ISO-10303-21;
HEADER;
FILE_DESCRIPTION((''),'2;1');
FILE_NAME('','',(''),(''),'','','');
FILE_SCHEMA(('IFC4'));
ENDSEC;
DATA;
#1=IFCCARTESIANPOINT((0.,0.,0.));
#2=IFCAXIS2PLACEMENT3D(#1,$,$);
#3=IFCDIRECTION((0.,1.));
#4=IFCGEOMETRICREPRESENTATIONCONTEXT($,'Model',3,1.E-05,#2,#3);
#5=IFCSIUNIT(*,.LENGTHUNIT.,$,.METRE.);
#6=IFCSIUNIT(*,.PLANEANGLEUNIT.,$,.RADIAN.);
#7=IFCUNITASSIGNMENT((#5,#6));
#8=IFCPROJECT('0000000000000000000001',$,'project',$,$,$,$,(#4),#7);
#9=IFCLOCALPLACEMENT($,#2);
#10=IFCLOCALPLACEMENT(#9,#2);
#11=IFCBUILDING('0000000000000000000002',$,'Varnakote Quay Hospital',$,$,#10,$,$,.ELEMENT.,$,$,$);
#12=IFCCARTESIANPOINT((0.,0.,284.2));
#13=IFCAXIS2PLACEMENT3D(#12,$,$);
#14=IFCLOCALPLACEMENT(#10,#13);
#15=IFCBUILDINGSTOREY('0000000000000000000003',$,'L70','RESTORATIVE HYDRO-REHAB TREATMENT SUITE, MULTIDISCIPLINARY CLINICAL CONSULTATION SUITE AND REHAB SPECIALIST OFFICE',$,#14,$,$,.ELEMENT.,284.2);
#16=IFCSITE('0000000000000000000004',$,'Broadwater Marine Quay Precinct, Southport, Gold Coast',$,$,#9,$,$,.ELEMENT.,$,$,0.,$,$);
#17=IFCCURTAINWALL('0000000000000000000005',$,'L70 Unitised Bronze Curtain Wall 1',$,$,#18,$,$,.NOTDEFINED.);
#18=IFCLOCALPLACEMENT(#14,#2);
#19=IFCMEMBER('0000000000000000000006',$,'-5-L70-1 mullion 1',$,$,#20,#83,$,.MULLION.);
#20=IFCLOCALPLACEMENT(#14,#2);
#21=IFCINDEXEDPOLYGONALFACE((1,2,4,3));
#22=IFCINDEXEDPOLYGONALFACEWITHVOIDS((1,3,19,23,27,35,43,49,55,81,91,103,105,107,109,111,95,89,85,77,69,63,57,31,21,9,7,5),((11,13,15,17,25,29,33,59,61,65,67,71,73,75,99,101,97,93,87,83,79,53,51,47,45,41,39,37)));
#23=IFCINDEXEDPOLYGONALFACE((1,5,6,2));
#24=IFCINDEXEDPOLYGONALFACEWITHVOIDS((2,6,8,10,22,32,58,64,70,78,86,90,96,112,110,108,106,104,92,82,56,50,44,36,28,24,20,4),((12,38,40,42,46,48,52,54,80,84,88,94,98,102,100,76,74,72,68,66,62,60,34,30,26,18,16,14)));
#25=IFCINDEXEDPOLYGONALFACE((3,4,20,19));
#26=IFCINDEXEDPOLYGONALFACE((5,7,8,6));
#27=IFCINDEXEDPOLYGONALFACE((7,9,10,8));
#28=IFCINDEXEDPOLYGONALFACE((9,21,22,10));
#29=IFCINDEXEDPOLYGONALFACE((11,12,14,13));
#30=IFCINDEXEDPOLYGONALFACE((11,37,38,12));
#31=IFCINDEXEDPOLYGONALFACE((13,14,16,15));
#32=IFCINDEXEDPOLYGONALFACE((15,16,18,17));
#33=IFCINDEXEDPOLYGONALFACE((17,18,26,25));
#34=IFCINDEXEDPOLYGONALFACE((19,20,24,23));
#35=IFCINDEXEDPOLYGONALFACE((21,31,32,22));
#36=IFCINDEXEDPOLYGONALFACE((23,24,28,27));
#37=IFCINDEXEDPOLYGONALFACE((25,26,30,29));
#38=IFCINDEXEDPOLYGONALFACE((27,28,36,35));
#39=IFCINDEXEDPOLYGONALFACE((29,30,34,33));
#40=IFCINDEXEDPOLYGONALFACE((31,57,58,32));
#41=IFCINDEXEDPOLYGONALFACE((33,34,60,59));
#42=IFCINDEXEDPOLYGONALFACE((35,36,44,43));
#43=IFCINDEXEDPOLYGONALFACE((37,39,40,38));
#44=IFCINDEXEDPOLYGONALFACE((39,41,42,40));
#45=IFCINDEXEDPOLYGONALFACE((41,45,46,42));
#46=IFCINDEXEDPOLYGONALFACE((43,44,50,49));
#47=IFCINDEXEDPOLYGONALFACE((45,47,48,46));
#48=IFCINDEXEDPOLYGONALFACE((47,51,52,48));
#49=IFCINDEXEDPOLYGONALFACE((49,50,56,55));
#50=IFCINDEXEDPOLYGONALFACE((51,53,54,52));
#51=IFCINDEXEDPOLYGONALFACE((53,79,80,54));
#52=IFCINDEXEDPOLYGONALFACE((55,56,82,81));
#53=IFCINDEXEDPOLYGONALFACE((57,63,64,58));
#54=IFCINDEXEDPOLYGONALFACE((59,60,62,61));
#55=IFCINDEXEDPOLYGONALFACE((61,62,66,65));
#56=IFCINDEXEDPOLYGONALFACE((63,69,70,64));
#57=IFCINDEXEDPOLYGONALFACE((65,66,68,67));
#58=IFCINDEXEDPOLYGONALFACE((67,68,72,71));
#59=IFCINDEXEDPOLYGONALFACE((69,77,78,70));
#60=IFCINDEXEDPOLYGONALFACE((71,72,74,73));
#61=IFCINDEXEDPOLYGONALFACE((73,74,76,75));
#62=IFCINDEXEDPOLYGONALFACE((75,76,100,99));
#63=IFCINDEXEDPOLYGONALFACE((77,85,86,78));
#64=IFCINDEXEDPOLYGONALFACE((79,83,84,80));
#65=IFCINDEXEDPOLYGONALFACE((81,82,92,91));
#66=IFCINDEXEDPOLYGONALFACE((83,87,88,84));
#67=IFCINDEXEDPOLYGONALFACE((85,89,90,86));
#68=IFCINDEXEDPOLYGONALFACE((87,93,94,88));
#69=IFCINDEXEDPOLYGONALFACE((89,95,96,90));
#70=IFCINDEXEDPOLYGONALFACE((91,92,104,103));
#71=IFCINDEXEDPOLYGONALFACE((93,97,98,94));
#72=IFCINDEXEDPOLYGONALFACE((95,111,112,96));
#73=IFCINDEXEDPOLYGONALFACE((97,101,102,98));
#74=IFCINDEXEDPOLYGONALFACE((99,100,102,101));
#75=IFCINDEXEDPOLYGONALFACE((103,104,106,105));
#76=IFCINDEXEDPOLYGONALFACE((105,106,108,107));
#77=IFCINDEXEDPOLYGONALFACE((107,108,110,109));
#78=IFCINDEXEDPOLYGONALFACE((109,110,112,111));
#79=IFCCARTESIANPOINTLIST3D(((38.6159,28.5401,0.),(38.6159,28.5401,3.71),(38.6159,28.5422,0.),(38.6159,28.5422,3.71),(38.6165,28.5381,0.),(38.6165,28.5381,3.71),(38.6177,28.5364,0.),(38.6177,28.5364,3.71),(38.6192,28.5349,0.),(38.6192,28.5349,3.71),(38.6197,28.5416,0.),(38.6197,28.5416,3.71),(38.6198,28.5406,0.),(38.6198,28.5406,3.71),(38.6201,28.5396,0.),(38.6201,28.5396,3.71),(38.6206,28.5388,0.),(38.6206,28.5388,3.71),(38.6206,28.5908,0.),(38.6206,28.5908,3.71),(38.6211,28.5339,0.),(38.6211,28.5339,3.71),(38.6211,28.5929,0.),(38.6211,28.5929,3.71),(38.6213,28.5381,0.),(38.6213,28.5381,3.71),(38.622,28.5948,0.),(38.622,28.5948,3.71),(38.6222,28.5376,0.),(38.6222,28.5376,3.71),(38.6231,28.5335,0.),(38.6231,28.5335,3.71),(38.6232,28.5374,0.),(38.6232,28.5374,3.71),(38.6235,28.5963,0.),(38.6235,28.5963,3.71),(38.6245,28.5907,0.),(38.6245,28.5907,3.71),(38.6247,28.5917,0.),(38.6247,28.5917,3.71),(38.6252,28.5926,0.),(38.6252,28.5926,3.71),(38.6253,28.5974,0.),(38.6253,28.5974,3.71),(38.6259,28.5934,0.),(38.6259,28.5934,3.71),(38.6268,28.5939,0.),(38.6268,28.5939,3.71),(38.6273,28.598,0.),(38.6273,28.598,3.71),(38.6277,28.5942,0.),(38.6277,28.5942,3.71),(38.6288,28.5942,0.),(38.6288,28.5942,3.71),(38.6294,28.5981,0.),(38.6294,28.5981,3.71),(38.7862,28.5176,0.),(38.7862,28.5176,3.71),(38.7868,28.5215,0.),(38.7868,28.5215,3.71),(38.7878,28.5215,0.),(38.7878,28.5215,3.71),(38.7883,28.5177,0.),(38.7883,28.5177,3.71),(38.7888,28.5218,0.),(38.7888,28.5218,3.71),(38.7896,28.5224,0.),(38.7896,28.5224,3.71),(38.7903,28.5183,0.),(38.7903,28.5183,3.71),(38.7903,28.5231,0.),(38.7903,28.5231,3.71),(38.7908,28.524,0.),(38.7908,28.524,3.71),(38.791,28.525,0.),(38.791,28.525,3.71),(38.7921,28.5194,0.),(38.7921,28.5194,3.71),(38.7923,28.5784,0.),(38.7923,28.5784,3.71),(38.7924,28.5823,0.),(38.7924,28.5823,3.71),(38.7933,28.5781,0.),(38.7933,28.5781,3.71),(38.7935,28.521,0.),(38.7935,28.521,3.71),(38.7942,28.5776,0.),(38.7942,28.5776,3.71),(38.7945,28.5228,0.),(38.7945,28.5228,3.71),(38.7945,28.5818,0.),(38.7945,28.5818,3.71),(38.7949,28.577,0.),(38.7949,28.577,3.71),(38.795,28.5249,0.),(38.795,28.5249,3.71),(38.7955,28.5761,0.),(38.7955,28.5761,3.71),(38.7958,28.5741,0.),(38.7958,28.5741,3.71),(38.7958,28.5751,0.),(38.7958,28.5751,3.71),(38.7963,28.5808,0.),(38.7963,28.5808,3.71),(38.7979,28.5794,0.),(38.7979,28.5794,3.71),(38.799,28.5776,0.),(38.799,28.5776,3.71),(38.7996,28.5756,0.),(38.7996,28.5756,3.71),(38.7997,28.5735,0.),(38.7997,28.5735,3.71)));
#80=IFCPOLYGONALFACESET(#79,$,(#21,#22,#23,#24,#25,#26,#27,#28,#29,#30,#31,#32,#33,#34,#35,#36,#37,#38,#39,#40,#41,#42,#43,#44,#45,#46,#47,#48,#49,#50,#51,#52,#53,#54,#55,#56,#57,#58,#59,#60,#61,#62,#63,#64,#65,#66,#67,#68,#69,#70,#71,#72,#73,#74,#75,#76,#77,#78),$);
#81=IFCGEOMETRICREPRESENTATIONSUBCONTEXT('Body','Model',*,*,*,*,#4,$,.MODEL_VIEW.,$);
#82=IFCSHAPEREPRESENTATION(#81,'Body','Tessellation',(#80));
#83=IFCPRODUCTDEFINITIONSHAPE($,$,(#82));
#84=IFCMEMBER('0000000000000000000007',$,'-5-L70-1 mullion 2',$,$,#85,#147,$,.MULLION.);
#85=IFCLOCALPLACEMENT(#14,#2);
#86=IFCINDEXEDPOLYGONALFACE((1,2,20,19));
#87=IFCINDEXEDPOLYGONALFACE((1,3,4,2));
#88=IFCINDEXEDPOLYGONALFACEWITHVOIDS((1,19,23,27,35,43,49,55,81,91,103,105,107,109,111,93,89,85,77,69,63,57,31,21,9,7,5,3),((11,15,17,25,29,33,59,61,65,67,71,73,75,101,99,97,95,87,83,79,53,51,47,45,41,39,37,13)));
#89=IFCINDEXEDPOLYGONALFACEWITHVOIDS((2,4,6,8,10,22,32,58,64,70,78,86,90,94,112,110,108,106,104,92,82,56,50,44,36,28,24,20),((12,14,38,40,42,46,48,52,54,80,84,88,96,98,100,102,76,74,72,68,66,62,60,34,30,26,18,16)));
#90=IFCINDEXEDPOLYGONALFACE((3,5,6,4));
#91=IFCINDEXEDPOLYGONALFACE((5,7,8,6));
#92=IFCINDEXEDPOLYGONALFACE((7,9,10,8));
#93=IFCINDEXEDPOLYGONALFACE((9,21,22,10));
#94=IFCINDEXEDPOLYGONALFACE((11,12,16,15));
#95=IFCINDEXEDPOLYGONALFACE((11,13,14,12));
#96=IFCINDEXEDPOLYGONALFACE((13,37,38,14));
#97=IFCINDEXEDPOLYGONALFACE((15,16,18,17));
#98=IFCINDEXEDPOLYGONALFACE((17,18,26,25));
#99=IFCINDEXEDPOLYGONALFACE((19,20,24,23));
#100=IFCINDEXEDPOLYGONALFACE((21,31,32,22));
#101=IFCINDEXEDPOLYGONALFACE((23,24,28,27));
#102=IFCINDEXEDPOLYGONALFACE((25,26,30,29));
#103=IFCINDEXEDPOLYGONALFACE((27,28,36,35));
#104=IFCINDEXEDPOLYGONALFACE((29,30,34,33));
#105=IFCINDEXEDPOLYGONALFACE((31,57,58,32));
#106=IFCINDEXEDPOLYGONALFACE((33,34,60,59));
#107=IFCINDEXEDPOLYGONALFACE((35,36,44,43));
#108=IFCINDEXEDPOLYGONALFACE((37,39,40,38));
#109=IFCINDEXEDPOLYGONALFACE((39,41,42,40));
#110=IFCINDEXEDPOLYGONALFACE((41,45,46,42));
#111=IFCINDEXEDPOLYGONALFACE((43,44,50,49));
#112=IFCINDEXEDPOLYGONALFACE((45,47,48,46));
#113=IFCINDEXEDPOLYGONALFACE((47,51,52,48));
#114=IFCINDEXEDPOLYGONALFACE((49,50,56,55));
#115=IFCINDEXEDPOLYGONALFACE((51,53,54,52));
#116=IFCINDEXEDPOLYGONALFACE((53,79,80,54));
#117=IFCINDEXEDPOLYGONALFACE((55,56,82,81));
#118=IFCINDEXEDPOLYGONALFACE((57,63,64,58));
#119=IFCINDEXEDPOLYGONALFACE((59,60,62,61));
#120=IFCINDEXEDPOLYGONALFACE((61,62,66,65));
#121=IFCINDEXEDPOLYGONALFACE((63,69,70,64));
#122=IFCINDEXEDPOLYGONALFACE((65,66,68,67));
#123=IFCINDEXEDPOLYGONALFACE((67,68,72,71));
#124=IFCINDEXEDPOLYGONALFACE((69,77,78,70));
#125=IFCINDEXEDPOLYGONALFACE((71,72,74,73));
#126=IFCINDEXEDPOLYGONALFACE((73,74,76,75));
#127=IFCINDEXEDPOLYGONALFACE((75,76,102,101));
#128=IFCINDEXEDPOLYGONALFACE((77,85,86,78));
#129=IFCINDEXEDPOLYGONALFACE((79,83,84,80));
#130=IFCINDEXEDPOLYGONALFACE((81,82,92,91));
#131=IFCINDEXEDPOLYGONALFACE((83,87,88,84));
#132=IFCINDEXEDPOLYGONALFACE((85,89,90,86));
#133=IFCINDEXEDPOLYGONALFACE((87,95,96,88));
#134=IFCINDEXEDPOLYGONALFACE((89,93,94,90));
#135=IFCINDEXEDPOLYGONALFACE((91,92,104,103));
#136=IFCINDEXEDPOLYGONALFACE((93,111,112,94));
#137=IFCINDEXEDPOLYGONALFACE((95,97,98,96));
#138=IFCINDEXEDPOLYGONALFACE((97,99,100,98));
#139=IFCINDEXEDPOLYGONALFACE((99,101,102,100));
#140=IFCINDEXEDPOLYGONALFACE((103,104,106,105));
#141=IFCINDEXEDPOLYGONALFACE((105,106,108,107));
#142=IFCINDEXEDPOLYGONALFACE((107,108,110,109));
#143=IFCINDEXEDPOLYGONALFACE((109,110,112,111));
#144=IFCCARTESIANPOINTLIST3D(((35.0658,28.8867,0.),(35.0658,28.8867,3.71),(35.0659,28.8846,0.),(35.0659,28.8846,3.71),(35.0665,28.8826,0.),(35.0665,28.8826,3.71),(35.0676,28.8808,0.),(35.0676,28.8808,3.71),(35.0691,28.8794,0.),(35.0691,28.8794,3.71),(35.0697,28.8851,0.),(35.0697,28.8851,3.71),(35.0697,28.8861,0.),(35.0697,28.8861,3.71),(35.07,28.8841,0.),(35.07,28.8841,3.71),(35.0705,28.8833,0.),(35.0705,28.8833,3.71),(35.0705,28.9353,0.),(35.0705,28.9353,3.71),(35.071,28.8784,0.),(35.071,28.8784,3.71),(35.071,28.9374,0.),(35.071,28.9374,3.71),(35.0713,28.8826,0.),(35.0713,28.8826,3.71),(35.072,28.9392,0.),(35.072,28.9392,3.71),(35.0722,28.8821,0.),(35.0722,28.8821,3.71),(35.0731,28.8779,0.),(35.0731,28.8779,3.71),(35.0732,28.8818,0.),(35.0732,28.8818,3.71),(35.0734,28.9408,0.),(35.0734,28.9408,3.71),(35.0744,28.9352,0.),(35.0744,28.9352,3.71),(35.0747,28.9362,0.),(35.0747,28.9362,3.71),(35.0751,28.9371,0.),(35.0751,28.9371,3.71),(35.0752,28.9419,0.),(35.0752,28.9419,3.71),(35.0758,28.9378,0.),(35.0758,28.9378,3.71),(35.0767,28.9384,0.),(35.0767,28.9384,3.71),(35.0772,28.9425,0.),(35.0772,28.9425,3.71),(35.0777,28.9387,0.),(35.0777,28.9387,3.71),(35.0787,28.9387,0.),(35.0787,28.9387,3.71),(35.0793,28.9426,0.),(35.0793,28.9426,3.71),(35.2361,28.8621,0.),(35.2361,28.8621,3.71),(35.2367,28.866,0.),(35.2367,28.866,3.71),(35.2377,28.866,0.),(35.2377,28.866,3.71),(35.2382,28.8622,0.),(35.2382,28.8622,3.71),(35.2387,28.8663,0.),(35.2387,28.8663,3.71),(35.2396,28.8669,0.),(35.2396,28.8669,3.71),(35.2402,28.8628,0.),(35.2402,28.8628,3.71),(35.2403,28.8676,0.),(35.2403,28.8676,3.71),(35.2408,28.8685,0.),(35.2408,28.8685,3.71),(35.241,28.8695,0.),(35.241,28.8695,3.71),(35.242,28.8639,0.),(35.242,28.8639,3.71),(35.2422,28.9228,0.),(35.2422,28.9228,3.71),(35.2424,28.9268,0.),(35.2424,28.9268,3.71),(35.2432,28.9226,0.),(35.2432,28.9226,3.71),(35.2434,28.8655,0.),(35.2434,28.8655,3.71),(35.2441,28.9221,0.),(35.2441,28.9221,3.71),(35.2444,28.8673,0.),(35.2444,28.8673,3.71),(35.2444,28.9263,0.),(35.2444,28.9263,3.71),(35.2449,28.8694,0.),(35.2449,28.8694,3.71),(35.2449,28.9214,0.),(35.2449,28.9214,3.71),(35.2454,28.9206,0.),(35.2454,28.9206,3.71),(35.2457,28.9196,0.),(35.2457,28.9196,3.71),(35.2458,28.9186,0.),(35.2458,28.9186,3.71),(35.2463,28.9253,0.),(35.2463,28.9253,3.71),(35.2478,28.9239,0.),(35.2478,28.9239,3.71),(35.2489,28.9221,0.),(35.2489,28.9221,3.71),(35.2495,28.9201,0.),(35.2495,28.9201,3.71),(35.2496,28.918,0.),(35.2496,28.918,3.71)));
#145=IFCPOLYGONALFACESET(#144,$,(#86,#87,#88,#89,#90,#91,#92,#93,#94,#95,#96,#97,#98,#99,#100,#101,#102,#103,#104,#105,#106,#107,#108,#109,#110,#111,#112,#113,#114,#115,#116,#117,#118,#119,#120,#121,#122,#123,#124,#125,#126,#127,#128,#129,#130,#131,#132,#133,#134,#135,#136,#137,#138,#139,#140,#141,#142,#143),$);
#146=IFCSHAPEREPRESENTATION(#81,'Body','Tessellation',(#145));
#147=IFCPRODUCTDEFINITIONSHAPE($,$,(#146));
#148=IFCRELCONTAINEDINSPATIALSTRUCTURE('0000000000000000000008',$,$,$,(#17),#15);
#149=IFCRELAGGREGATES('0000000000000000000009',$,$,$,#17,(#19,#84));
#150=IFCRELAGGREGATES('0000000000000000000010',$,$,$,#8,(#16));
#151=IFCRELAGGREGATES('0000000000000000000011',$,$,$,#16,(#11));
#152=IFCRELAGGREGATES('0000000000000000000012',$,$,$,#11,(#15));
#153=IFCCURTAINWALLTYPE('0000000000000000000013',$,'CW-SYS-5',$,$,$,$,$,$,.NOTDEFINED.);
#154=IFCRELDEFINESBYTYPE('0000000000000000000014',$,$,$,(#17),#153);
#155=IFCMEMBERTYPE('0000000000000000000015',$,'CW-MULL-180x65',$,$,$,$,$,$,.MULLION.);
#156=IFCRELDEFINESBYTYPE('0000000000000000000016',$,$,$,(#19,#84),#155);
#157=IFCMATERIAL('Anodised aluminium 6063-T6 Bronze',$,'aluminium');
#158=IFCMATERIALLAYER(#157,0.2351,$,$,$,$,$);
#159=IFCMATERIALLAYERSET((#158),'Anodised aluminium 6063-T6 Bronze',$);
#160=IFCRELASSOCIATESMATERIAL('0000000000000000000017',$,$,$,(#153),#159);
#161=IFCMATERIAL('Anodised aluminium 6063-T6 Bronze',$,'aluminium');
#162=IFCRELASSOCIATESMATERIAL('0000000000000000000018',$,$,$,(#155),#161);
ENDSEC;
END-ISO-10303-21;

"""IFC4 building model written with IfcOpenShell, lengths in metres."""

from ifc_helpers import new_model, si_unit, direction, frame, origin, origin_2d, place, context, subcontext, project, spatial, hollow_rectangle, extrude, material, layer, layer_set, material_profile, profile_set, type_object, element, aggregate, save


model = new_model("IFC4")

# Units and contexts
model_context = context("Model", 3, precision=1e-05, world=origin(), true_north=direction((0.0, 1.0)))
body_context = subcontext(model_context, "Body", "Model", "MODEL_VIEW")
ifc_project = project(units=[si_unit("LENGTHUNIT", "METRE"), si_unit("PLANEANGLEUNIT", "RADIAN")], contexts=[model_context])

# Site, building, storey
site_placement = place(None, origin())
site = spatial("IfcSite", under=ifc_project, at=site_placement, Name="Broadwater Marine Quay Precinct, Southport, Gold Coast", CompositionType="ELEMENT", RefElevation=0.0)
building_placement = place(site_placement, origin())
building = spatial("IfcBuilding", under=site, at=building_placement, Name="Varnakote Quay Hospital", CompositionType="ELEMENT")
storey_placement = place(building_placement, frame((0.0, 0.0, 284.2)))
storey = spatial("IfcBuildingStorey", under=building, at=storey_placement, Name="L70", Description="RESTORATIVE HYDRO-REHAB TREATMENT SUITE, MULTIDISCIPLINARY CLINICAL CONSULTATION SUITE AND REHAB SPECIALIST OFFICE", CompositionType="ELEMENT", Elevation=284.2)

# Curtain wall, members
ifc_material_1 = material(Name="Anodised aluminium 6063-T6 Bronze", Category="aluminium")
ifc_layer_1 = layer(ifc_material_1, 0.2351)
ifc_layer_set_1 = layer_set([ifc_layer_1], Name="Anodised aluminium 6063-T6 Bronze")
curtain_wall_type = type_object("IfcCurtainWallType", Name="CW-SYS-5", PredefinedType="NOTDEFINED", material=ifc_layer_set_1)
curtain_wall_placement = place(storey_placement, origin())
curtain_wall = element("IfcCurtainWall", 1, at=curtain_wall_placement, inside=storey, type_object=curtain_wall_type, Name="L70 Unitised Bronze Curtain Wall 1", PredefinedType="NOTDEFINED")
ifc_material_2 = material(Name="Anodised aluminium 6063-T6 Bronze", Category="aluminium")
ifc_material_profile_1 = material_profile(ifc_material_2, hollow_rectangle(XDim=0.0649, YDim=0.1799, WallThickness=0.0039, InnerFilletRadius=0.0039, OuterFilletRadius=0.0081, at=origin_2d()), Name="CW-MULL-180x65")
ifc_profile_set_1 = profile_set([ifc_material_profile_1], Name="Anodised aluminium 6063-T6 Bronze")
member_type_1 = type_object("IfcMemberType", Name="CW-MULL-180x65", PredefinedType="MULLION", material=ifc_profile_set_1)
member_1_placement = place(storey_placement, frame((38.7078, 28.5579, 0.0), z_axis=(0.0, 0.0, 1.0), x_axis=(-0.096569, -0.995326, 0.0)))
member_1 = element("IfcMember", 2, at=member_1_placement, type_object=member_type_1, Name="-5-L70-1 mullion 1", PredefinedType="MULLION", context=body_context, shape_type="SweptSolid", body=[
    extrude(hollow_rectangle(XDim=0.0649, YDim=0.1799, WallThickness=0.0039, InnerFilletRadius=0.0039, OuterFilletRadius=0.0081, at=origin_2d()), origin(), (0.0, 0.0, 1.0), 3.71),
])
member_2_placement = place(storey_placement, frame((35.1577, 28.9023, 0.0), z_axis=(0.0, 0.0, 1.0), x_axis=(-0.096569, -0.995326, 0.0)))
member_2 = element("IfcMember", 3, at=member_2_placement, type_object=member_type_1, Name="-5-L70-1 mullion 2", PredefinedType="MULLION", context=body_context, shape_type="SweptSolid", body=[
    extrude(hollow_rectangle(XDim=0.0649, YDim=0.1799, WallThickness=0.0039, InnerFilletRadius=0.0039, OuterFilletRadius=0.0081, at=origin_2d()), origin(), (0.0, 0.0, 1.0), 3.71),
])
aggregate(curtain_wall, [member_1, member_2])

save(model, "model.ifc")
